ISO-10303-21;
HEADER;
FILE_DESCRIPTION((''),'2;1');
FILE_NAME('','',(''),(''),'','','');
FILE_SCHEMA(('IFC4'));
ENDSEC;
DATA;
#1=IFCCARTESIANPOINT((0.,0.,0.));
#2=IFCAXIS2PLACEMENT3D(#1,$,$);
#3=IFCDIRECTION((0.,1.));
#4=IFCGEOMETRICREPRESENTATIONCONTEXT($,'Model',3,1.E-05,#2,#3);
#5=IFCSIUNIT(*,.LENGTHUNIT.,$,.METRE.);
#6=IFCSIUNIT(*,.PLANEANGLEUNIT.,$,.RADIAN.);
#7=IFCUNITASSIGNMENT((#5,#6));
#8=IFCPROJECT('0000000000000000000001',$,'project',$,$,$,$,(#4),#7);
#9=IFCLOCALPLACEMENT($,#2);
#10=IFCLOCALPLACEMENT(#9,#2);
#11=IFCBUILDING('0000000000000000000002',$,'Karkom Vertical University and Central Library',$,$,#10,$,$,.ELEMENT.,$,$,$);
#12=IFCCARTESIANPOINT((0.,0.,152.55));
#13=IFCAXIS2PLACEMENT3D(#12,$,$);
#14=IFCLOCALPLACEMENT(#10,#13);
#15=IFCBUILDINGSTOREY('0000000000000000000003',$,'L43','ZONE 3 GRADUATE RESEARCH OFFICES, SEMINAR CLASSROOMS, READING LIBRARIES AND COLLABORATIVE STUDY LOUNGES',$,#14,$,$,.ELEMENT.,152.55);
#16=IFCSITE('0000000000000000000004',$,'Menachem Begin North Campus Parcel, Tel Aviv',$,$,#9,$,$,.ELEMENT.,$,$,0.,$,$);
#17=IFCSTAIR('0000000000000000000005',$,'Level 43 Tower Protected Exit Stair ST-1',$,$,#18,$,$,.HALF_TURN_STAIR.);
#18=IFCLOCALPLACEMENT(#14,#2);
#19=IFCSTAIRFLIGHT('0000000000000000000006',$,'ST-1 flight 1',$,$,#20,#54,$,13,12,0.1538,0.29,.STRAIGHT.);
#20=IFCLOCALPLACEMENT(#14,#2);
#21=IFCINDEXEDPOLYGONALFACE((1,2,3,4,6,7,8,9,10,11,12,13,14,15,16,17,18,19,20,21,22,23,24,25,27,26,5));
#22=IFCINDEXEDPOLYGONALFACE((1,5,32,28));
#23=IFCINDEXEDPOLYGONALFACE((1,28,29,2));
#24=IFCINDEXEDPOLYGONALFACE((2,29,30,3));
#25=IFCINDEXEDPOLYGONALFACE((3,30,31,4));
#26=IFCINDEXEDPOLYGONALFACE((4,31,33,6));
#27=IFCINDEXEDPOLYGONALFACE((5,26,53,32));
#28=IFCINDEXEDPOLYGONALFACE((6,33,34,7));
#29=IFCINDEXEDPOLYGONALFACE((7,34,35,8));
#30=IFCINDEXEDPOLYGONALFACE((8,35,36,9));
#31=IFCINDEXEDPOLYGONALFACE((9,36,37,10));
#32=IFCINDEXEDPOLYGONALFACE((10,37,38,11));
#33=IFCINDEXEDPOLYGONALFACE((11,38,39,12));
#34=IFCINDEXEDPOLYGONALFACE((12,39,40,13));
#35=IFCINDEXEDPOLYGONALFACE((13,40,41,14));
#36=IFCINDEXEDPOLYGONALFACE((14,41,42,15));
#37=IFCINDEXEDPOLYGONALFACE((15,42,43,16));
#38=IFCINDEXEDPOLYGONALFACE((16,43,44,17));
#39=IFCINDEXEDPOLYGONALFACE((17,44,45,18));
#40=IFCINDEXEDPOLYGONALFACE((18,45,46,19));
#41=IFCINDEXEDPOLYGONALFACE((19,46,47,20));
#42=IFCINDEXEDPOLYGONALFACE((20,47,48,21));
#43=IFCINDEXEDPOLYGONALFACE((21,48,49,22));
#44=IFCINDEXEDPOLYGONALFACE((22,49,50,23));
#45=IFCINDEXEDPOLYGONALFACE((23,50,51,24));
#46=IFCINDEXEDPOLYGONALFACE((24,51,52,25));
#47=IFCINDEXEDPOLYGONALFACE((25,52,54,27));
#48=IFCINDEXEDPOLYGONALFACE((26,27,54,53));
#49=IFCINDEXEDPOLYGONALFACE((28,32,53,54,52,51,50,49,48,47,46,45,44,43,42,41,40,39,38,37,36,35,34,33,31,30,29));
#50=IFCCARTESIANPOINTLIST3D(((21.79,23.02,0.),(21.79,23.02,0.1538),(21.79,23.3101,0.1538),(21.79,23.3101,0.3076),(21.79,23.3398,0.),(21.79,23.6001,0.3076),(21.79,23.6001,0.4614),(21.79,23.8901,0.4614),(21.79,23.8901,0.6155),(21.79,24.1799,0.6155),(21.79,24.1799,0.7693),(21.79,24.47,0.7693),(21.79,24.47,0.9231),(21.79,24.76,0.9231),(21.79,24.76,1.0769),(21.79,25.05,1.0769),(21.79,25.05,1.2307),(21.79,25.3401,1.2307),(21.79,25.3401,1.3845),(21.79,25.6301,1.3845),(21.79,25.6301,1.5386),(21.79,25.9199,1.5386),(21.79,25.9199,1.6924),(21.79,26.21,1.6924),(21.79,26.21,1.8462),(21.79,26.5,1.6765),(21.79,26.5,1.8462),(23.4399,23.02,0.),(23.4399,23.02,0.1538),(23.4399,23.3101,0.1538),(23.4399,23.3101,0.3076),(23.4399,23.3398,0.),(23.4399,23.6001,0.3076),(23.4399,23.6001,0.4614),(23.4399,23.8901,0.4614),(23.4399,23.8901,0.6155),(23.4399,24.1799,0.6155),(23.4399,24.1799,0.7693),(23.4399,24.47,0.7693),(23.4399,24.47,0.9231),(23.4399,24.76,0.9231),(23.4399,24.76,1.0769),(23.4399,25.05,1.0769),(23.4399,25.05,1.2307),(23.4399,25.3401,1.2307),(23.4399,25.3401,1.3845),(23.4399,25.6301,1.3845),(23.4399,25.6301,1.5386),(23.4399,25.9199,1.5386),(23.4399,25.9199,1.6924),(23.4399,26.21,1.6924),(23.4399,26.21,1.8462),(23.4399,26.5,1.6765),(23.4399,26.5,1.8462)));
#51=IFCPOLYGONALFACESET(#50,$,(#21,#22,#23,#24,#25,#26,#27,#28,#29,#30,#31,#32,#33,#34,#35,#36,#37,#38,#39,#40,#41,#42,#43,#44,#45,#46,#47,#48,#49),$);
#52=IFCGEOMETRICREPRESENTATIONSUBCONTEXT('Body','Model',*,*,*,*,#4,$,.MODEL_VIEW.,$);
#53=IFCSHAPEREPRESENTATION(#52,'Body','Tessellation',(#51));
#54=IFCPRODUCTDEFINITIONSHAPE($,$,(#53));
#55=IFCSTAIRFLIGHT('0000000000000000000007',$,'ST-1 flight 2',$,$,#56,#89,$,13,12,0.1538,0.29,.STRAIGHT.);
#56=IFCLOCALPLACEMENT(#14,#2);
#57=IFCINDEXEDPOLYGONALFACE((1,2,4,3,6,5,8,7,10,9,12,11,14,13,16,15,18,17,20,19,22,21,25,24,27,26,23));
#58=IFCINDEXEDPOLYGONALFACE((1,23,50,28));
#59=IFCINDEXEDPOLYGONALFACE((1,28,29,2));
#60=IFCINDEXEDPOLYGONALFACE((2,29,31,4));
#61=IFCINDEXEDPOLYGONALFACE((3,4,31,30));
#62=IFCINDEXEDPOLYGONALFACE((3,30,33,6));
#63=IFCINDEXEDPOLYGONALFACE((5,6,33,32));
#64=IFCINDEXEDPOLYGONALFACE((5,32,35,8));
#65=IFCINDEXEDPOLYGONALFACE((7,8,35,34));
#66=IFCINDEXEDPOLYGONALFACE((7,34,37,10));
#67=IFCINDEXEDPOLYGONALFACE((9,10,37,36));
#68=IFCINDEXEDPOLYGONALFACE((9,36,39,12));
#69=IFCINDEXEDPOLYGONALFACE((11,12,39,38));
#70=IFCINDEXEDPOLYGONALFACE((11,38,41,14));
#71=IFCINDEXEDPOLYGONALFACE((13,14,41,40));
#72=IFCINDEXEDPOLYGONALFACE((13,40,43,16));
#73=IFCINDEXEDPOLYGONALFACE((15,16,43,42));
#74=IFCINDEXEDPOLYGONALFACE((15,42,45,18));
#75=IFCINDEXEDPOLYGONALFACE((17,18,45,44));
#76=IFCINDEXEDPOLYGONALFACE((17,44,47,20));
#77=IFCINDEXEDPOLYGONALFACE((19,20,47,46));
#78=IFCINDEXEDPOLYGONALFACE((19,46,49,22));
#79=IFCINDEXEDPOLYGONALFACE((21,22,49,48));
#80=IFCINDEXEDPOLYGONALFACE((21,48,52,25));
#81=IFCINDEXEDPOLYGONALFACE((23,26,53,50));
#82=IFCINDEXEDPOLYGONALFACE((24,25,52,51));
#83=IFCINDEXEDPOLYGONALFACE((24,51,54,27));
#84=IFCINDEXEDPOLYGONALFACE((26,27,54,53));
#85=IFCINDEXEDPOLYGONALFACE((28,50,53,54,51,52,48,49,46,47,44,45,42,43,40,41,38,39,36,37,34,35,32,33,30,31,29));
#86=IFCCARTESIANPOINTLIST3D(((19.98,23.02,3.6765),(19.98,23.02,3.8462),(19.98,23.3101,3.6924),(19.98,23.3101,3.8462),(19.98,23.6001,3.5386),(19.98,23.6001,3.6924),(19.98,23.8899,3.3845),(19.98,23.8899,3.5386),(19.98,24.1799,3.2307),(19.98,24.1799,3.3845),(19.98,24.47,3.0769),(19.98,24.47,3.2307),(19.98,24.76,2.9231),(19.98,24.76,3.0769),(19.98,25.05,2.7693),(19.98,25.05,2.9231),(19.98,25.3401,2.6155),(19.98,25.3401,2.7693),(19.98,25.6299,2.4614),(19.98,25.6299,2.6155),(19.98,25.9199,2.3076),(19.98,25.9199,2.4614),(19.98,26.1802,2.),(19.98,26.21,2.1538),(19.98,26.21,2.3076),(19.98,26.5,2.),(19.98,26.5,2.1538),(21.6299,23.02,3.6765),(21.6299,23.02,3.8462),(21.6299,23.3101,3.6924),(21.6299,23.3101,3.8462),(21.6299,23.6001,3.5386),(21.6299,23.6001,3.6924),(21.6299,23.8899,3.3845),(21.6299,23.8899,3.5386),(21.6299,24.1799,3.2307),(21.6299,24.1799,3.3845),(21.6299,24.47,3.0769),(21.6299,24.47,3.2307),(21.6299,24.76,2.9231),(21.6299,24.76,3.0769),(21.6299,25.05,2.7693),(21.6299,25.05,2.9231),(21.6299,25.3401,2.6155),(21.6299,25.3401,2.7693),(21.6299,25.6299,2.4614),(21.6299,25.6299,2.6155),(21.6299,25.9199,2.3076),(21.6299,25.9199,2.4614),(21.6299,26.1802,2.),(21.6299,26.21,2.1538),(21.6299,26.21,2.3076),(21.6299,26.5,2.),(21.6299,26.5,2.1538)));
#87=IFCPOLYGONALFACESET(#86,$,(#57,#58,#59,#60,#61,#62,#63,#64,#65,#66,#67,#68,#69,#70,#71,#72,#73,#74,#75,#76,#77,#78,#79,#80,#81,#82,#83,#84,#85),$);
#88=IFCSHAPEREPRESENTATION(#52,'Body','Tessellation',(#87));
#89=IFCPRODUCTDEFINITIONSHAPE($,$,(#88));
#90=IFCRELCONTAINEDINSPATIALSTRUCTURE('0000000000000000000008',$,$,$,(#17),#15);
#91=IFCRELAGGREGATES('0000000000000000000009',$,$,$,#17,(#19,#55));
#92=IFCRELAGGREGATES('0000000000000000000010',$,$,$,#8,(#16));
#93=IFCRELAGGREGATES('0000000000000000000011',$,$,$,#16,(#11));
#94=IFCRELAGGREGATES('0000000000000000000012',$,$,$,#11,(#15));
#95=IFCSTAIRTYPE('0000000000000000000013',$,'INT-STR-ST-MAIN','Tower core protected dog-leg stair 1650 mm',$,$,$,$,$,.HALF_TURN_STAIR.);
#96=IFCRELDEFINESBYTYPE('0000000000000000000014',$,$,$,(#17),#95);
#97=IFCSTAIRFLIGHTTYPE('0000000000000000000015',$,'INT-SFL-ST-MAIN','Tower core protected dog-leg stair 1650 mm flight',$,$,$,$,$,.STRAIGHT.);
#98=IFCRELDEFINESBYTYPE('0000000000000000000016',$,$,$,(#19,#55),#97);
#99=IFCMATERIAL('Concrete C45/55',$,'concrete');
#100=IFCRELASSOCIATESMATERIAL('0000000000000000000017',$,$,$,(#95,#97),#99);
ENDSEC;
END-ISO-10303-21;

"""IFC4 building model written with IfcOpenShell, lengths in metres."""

from ifc_helpers import new_model, si_unit, direction, frame, origin, place, context, subcontext, project, spatial, polyline, outline, extrude, material, type_object, element, aggregate, save


model = new_model("IFC4")

# Units and contexts
model_context = context("Model", 3, precision=1e-05, world=origin(), true_north=direction((0.0, 1.0)))
body_context = subcontext(model_context, "Body", "Model", "MODEL_VIEW")
ifc_project = project(units=[si_unit("LENGTHUNIT", "METRE"), si_unit("PLANEANGLEUNIT", "RADIAN")], contexts=[model_context])

# Site, building, storey
site_placement = place(None, origin())
site = spatial("IfcSite", under=ifc_project, at=site_placement, Name="Menachem Begin North Campus Parcel, Tel Aviv", CompositionType="ELEMENT", RefElevation=0.0)
building_placement = place(site_placement, origin())
building = spatial("IfcBuilding", under=site, at=building_placement, Name="Karkom Vertical University and Central Library", CompositionType="ELEMENT")
storey_placement = place(building_placement, frame((0.0, 0.0, 152.55)))
storey = spatial("IfcBuildingStorey", under=building, at=storey_placement, Name="L43", Description="ZONE 3 GRADUATE RESEARCH OFFICES, SEMINAR CLASSROOMS, READING LIBRARIES AND COLLABORATIVE STUDY LOUNGES", CompositionType="ELEMENT", Elevation=152.55)

# Shared definitions
ifc_material_1 = material(Name="Concrete C45/55", Category="concrete")

# Stair, stair flights
stair_type = type_object("IfcStairType", Name="INT-STR-ST-MAIN", Description="Tower core protected dog-leg stair 1650 mm", PredefinedType="HALF_TURN_STAIR", material=ifc_material_1)
stair_placement = place(storey_placement, origin())
stair = element("IfcStair", 1, at=stair_placement, inside=storey, type_object=stair_type, Name="Level 43 Tower Protected Exit Stair ST-1", PredefinedType="HALF_TURN_STAIR")
stair_flight_type = type_object("IfcStairFlightType", Name="INT-SFL-ST-MAIN", Description="Tower core protected dog-leg stair 1650 mm flight", PredefinedType="STRAIGHT", material=ifc_material_1)
stair_flight_1_placement = place(storey_placement, frame((22.615, 23.02, 0.0), z_axis=(0.0, 0.0, 1.0), x_axis=(0.0, 1.0, 0.0)))
stair_flight_1 = element("IfcStairFlight", 2, at=stair_flight_1_placement, type_object=stair_flight_type, Name="ST-1 flight 1", NumberOfRisers=13, NumberOfTreads=12, PredefinedType="STRAIGHT", RiserHeight=0.1538, TreadLength=0.29, context=body_context, shape_type="SweptSolid", body=[
    extrude(outline(polyline([(0.0, 0.0), (0.0, 0.1538), (0.29, 0.1538), (0.29, 0.3076), (0.5801, 0.3076), (0.5801, 0.4614), (0.8701, 0.4614), (0.8701, 0.6155), (1.1599, 0.6155), (1.1599, 0.7693), (1.45, 0.7693), (1.45, 0.9231), (1.74, 0.9231), (1.74, 1.0769), (2.03, 1.0769), (2.03, 1.2307), (2.3201, 1.2307), (2.3201, 1.3845), (2.6101, 1.3845), (2.6101, 1.5386), (2.8999, 1.5386), (2.8999, 1.6924), (3.1899, 1.6924), (3.1899, 1.8462), (3.48, 1.8462), (3.48, 2.0), (3.48, 1.6765), (0.3198, 0.0), (0.0, 0.0)])), frame((0.0, 0.825, 0.0), z_axis=(0.0, -1.0, 0.0), x_axis=(1.0, 0.0, 0.0)), (0.0, 0.0, 1.0), 1.6499),
])
stair_flight_2_placement = place(storey_placement, frame((20.8049, 26.5, 2.0), z_axis=(0.0, 0.0, 1.0), x_axis=(0.0, -1.0, 0.0)))
stair_flight_2 = element("IfcStairFlight", 3, at=stair_flight_2_placement, type_object=stair_flight_type, Name="ST-1 flight 2", NumberOfRisers=13, NumberOfTreads=12, PredefinedType="STRAIGHT", RiserHeight=0.1538, TreadLength=0.29, context=body_context, shape_type="SweptSolid", body=[
    extrude(outline(polyline([(0.0, 0.0), (0.0, 0.1538), (0.29, 0.1538), (0.29, 0.3076), (0.5801, 0.3076), (0.5801, 0.4614), (0.8701, 0.4614), (0.8701, 0.6155), (1.1599, 0.6155), (1.1599, 0.7693), (1.45, 0.7693), (1.45, 0.9231), (1.74, 0.9231), (1.74, 1.0769), (2.03, 1.0769), (2.03, 1.2307), (2.3201, 1.2307), (2.3201, 1.3845), (2.6101, 1.3845), (2.6101, 1.5386), (2.8999, 1.5386), (2.8999, 1.6924), (3.1899, 1.6924), (3.1899, 1.8462), (3.48, 1.8462), (3.48, 2.0), (3.48, 1.6765), (0.3198, 0.0), (0.0, 0.0)])), frame((0.0, 0.825, 0.0), z_axis=(0.0, -1.0, 0.0), x_axis=(1.0, 0.0, 0.0)), (0.0, 0.0, 1.0), 1.6499),
])
aggregate(stair, [stair_flight_1, stair_flight_2])

save(model, "model.ifc")
